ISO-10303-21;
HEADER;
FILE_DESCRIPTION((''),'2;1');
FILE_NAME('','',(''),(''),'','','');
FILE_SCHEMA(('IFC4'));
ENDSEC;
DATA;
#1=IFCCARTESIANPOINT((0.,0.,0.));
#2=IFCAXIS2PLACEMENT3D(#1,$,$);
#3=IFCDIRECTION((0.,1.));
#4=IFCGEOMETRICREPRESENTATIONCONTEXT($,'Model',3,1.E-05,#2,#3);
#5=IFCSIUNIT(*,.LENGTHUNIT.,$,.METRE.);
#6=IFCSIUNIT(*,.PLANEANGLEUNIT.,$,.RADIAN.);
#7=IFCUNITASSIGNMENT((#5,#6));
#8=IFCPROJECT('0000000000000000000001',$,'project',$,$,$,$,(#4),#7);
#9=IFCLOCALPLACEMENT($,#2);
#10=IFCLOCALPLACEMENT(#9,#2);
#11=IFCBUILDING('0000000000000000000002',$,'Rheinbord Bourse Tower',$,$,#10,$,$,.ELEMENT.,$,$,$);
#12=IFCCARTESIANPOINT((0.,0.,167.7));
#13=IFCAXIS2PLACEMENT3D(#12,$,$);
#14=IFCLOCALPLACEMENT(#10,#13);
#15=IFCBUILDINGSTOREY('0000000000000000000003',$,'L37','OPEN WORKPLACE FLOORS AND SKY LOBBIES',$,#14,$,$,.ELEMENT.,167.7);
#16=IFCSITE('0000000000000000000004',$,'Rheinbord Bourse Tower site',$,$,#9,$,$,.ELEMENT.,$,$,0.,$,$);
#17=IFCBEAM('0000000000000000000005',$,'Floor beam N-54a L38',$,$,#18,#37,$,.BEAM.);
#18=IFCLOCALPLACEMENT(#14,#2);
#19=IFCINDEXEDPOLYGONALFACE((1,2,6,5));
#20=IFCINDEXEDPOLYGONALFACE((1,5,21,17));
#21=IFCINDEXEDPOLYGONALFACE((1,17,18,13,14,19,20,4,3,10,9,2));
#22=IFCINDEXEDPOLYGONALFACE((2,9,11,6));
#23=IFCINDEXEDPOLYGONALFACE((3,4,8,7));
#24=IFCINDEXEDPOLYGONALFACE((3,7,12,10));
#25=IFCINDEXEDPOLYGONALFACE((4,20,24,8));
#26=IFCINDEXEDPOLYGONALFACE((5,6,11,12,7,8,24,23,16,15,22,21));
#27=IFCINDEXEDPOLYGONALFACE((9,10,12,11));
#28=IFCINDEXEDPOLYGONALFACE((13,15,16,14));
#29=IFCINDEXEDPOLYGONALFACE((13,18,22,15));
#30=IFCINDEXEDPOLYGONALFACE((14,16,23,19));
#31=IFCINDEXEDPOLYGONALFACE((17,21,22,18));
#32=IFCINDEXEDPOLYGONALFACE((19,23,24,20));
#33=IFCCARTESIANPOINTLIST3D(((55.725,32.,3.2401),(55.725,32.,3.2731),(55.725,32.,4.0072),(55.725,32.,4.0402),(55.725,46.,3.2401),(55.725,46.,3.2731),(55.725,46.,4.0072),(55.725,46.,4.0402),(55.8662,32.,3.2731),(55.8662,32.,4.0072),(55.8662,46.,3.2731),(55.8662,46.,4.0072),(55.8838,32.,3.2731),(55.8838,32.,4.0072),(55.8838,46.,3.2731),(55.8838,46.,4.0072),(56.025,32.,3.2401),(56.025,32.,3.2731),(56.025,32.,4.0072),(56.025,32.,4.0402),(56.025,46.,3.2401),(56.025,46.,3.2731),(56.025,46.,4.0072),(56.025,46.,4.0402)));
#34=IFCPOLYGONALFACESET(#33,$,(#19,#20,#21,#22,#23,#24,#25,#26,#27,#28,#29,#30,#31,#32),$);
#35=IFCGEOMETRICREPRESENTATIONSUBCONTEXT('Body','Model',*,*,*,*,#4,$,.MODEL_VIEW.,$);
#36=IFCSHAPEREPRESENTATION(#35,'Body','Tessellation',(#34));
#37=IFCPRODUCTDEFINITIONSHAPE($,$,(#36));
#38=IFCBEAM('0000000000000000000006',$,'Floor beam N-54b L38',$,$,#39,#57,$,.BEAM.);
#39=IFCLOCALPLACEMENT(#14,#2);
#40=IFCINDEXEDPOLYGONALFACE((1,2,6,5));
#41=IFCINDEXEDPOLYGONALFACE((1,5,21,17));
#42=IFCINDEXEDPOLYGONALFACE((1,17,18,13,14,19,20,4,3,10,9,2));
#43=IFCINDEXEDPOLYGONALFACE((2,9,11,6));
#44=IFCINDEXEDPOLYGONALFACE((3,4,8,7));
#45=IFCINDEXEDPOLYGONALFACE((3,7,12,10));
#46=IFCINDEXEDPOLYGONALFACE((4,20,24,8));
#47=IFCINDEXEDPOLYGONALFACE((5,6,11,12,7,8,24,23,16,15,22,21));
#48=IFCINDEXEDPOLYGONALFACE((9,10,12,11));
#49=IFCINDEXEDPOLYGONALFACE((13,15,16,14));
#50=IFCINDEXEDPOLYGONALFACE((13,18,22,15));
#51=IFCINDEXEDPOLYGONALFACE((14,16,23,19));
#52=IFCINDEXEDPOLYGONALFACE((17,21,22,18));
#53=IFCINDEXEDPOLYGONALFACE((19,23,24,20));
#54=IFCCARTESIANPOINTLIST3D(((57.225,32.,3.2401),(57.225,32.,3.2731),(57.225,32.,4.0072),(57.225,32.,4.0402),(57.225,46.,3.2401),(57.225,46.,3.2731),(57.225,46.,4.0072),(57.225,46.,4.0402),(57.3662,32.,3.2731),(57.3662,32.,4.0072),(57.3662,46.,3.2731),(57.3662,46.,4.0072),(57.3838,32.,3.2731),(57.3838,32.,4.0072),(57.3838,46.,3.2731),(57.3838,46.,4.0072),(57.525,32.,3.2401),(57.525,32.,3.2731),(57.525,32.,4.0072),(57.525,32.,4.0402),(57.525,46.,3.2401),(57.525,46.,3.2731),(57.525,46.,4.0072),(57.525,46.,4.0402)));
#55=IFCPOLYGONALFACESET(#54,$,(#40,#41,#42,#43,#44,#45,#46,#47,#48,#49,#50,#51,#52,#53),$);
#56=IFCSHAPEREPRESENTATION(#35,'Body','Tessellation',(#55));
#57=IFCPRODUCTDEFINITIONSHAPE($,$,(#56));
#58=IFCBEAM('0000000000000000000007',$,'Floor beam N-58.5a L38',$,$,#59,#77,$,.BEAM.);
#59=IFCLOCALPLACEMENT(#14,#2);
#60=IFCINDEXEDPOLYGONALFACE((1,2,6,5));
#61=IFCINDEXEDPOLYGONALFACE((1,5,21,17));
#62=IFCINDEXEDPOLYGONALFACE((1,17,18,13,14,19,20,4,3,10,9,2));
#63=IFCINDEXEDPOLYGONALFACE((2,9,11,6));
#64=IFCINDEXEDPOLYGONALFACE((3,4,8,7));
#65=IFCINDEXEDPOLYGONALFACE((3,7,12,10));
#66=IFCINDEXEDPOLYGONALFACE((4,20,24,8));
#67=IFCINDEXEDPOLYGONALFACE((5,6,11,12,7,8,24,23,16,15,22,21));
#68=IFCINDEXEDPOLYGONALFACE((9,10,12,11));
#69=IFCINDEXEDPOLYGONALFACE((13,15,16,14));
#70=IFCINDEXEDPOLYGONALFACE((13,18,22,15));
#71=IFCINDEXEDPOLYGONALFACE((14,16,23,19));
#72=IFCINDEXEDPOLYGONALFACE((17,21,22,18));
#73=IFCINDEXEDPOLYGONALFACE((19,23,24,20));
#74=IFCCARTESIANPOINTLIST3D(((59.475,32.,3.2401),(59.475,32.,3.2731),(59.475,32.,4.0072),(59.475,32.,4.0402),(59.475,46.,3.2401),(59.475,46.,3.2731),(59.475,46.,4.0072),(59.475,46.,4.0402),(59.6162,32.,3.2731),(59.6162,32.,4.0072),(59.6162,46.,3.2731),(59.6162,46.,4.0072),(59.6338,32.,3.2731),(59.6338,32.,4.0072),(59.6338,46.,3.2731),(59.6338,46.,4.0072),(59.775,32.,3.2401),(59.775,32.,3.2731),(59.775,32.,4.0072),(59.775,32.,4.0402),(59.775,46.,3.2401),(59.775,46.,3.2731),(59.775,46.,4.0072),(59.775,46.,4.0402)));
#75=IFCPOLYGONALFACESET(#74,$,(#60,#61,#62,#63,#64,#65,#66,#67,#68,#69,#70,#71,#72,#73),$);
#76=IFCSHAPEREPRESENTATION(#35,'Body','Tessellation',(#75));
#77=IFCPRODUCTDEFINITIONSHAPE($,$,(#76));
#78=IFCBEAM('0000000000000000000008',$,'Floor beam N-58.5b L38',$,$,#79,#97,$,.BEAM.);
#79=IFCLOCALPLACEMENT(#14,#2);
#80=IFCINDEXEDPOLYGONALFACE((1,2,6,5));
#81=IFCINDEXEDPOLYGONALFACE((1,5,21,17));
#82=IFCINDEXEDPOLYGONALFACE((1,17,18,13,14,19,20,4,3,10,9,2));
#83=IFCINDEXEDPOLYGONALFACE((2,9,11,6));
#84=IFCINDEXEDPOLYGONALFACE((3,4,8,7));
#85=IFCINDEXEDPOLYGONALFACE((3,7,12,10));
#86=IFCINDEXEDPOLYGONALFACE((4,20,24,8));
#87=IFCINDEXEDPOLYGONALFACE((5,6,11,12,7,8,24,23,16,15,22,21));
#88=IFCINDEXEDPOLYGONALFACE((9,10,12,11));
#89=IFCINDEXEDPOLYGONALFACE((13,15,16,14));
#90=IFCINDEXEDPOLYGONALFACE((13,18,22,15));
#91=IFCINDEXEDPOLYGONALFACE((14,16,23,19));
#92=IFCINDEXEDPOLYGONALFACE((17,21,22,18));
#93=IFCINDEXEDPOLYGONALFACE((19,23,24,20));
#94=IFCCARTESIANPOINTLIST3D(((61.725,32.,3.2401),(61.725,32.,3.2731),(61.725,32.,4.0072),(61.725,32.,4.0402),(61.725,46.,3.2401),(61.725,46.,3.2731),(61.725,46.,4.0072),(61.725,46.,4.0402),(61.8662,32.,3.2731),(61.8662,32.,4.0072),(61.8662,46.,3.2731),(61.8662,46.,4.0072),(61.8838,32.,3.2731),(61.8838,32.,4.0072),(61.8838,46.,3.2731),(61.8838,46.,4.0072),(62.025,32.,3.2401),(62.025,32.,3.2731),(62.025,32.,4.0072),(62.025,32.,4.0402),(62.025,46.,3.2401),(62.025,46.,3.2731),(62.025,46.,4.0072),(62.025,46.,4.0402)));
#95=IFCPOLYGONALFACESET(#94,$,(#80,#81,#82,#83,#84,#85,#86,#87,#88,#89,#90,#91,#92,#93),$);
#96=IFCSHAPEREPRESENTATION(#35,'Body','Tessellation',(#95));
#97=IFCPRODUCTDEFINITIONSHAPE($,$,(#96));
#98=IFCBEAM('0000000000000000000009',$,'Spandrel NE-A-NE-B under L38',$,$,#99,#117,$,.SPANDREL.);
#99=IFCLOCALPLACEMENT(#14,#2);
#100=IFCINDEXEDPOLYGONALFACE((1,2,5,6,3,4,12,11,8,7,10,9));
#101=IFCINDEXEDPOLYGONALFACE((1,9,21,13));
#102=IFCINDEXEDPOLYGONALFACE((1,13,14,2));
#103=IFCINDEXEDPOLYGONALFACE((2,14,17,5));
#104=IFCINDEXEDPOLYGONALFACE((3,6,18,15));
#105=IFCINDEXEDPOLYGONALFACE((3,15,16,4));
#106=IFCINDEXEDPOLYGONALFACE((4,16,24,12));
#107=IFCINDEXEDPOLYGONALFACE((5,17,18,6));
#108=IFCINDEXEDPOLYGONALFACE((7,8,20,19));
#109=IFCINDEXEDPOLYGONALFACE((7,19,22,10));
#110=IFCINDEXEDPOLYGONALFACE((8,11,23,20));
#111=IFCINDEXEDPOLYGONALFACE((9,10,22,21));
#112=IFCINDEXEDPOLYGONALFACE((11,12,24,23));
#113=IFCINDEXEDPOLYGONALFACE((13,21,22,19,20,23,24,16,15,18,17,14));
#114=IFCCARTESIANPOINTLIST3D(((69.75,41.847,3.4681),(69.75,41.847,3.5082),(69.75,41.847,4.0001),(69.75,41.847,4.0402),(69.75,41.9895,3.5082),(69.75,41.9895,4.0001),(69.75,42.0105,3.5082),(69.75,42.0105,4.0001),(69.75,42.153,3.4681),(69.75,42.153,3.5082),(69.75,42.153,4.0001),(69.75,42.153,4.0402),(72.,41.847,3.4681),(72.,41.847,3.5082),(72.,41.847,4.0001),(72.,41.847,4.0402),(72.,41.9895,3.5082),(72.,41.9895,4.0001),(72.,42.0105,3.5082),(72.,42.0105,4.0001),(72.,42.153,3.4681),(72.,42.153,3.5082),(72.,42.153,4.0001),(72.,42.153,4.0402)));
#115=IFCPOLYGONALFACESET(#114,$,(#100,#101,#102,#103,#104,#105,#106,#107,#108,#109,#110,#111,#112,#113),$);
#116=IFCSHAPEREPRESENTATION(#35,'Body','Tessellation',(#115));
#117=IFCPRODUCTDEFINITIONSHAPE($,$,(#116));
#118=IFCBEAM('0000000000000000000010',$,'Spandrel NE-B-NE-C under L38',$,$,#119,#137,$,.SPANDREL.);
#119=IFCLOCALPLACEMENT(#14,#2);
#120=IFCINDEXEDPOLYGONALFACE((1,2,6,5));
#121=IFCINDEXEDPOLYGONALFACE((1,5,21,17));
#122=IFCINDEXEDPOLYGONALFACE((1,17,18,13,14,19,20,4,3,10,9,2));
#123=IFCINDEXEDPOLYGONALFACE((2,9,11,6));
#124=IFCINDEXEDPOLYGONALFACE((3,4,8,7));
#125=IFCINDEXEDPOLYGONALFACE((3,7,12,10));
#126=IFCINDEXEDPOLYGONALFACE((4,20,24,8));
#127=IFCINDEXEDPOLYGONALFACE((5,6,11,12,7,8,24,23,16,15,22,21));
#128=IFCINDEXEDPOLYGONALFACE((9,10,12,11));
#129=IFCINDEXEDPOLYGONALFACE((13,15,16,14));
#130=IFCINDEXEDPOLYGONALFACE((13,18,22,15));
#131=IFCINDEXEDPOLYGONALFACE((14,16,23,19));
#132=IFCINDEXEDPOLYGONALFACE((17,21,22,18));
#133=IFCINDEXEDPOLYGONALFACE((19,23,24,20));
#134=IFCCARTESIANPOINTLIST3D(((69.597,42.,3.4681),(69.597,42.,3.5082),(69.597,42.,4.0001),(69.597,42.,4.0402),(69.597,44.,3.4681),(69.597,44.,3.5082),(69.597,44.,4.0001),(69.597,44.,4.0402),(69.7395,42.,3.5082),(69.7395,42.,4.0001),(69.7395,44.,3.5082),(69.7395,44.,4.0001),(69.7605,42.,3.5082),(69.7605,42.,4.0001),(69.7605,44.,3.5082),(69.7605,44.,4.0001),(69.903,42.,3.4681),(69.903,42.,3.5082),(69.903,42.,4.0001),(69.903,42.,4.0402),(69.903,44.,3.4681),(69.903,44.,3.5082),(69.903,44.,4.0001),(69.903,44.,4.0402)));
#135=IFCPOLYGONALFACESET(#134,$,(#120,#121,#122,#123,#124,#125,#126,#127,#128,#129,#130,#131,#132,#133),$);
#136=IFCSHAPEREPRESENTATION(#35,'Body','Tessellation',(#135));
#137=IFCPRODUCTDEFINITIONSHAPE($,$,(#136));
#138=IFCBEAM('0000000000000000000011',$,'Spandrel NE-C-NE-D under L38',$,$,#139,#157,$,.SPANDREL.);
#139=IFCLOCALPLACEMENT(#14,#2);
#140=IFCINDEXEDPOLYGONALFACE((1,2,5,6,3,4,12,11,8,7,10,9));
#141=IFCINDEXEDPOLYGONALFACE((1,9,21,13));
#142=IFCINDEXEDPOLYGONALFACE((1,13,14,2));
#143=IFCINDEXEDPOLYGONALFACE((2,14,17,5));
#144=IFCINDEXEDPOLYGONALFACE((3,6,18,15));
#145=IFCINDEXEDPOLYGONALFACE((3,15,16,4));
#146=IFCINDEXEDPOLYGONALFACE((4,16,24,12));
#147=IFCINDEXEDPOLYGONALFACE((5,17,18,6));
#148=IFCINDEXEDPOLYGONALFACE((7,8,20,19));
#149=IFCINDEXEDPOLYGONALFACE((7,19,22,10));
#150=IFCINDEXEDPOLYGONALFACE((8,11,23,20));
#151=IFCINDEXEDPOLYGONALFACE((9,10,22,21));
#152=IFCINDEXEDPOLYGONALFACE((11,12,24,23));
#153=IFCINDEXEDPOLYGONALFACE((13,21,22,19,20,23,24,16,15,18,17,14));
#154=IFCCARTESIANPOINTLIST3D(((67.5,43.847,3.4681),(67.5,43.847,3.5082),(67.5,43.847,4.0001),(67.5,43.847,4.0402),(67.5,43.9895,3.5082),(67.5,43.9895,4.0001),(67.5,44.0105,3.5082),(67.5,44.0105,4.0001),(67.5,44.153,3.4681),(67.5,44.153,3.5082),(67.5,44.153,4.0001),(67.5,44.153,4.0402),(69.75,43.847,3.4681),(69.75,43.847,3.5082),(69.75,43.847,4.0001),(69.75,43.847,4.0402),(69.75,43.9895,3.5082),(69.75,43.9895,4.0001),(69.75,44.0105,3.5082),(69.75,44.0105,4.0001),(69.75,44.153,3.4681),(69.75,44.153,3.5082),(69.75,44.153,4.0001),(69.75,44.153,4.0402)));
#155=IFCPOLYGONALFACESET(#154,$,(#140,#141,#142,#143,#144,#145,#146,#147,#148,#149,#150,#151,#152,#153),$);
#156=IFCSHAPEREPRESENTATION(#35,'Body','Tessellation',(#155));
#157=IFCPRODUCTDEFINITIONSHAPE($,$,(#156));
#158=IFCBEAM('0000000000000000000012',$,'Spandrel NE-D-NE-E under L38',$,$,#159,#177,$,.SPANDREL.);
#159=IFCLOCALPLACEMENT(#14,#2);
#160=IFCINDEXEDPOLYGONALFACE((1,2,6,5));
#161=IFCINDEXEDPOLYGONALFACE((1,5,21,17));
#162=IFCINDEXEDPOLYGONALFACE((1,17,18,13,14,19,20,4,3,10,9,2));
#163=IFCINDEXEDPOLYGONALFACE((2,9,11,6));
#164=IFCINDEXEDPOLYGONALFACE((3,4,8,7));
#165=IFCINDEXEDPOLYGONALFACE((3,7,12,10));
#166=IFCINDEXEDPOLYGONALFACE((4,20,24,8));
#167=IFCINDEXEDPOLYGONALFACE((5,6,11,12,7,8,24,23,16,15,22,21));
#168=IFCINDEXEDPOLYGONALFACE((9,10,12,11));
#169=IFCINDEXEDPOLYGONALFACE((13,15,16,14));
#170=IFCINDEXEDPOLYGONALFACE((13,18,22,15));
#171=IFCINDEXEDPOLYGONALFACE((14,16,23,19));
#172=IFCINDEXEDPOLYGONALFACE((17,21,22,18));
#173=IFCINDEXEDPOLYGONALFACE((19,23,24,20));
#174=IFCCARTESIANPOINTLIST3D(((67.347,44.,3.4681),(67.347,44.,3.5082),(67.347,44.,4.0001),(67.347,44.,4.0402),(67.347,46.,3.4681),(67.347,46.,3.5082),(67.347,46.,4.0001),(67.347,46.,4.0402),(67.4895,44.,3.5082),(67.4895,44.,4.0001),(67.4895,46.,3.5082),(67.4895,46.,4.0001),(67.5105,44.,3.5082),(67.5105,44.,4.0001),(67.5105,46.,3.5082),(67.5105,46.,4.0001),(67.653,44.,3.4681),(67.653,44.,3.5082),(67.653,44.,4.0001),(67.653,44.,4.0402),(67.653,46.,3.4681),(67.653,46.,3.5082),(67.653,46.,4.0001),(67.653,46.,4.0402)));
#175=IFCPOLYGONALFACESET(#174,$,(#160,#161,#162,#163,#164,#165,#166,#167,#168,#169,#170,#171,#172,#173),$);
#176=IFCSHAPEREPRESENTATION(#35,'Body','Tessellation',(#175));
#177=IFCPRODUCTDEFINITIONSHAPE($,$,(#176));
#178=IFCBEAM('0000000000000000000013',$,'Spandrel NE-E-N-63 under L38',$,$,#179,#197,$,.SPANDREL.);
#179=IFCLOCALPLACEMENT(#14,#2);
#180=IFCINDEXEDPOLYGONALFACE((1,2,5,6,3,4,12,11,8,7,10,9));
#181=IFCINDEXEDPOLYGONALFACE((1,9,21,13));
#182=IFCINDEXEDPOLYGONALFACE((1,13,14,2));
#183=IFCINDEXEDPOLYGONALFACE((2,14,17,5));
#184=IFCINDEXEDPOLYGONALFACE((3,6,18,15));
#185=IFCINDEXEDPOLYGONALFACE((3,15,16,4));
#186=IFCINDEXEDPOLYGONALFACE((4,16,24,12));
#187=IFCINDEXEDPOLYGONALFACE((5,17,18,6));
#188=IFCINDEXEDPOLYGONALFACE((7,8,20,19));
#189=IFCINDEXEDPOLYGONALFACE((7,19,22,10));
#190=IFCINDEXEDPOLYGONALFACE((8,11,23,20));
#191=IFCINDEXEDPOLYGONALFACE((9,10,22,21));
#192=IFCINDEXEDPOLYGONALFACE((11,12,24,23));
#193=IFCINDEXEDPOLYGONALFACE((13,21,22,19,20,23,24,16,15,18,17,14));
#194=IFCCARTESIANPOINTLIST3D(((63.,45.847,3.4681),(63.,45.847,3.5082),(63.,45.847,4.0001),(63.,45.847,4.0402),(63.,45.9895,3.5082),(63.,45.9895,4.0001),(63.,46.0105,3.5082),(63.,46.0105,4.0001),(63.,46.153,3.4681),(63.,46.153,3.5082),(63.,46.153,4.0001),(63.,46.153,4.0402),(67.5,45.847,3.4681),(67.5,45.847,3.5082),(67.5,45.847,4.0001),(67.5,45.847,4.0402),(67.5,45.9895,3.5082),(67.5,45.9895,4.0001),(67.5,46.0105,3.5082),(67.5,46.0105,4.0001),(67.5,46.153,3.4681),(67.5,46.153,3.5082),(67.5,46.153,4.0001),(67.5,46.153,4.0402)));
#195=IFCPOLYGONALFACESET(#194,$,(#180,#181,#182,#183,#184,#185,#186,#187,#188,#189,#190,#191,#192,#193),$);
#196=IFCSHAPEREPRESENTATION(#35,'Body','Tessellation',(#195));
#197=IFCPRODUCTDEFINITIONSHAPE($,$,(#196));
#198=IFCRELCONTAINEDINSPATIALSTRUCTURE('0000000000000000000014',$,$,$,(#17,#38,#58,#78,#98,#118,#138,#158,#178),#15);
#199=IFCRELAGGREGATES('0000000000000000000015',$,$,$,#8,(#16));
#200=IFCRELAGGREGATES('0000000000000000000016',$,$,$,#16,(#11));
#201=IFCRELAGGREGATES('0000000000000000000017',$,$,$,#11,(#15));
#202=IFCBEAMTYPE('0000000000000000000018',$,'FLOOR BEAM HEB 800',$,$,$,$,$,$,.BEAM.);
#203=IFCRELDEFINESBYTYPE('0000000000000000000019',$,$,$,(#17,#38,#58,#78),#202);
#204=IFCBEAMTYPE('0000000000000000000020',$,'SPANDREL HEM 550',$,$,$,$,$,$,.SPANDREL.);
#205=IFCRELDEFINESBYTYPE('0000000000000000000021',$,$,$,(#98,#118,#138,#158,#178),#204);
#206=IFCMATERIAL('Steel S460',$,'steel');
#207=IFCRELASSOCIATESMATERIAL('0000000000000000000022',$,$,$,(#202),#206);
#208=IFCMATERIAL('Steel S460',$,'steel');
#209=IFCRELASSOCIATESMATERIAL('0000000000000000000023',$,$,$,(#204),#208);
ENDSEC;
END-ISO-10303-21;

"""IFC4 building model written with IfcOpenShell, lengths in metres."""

from ifc_helpers import new_model, si_unit, direction, frame, origin, origin_2d, place, context, subcontext, project, spatial, i_section, extrude, material, material_profile, profile_set, type_object, element, save


model = new_model("IFC4")

# Units and contexts
model_context = context("Model", 3, precision=1e-05, world=origin(), true_north=direction((0.0, 1.0)))
body_context = subcontext(model_context, "Body", "Model", "MODEL_VIEW")
ifc_project = project(units=[si_unit("LENGTHUNIT", "METRE"), si_unit("PLANEANGLEUNIT", "RADIAN")], contexts=[model_context])

# Site, building, storey
site_placement = place(None, origin())
site = spatial("IfcSite", under=ifc_project, at=site_placement, Name="Rheinbord Bourse Tower site", CompositionType="ELEMENT", RefElevation=0.0)
building_placement = place(site_placement, origin())
building = spatial("IfcBuilding", under=site, at=building_placement, Name="Rheinbord Bourse Tower", CompositionType="ELEMENT")
storey_placement = place(building_placement, frame((0.0, 0.0, 167.7)))
storey = spatial("IfcBuildingStorey", under=building, at=storey_placement, Name="L37", Description="OPEN WORKPLACE FLOORS AND SKY LOBBIES", CompositionType="ELEMENT", Elevation=167.7)

# Beams
ifc_material_1 = material(Name="Steel S460", Category="steel")
ifc_material_profile_1 = material_profile(ifc_material_1, i_section(OverallWidth=0.3, OverallDepth=0.8, WebThickness=0.0176, FlangeThickness=0.033, at=origin_2d()), Name="HEB 800")
ifc_profile_set_1 = profile_set([ifc_material_profile_1], Name="Steel S460")
beam_type_1 = type_object("IfcBeamType", Name="FLOOR BEAM HEB 800", PredefinedType="BEAM", material=ifc_profile_set_1)
for number, where, z_axis, x_axis, name in (
    (1, (55.875, 46.0, 3.6401), (0.0, -1.0, 0.0), (1.0, 0.0, 0.0), "Floor beam N-54a L38"),
    (2, (57.375, 46.0, 3.6401), (0.0, -1.0, 0.0), (1.0, 0.0, 0.0), "Floor beam N-54b L38"),
    (3, (59.625, 46.0, 3.6401), (0.0, -1.0, 0.0), (1.0, 0.0, 0.0), "Floor beam N-58.5a L38"),
    (4, (61.875, 46.0, 3.6401), (0.0, -1.0, 0.0), (1.0, 0.0, 0.0), "Floor beam N-58.5b L38"),
):
    element("IfcBeam", number, at=place(storey_placement, frame(where, z_axis=z_axis, x_axis=x_axis)), inside=storey, type_object=beam_type_1, Name=name, PredefinedType="BEAM", context=body_context, shape_type="SweptSolid", body=[
        extrude(i_section(OverallWidth=0.3, OverallDepth=0.8, WebThickness=0.0176, FlangeThickness=0.033, at=origin_2d()), origin(), (0.0, 0.0, 1.0), 14.0),
    ])
ifc_material_2 = material(Name="Steel S460", Category="steel")
ifc_material_profile_2 = material_profile(ifc_material_2, i_section(OverallWidth=0.3059, OverallDepth=0.572, WebThickness=0.021, FlangeThickness=0.04, at=origin_2d()), Name="HEM 550")
ifc_profile_set_2 = profile_set([ifc_material_profile_2], Name="Steel S460")
beam_type_2 = type_object("IfcBeamType", Name="SPANDREL HEM 550", PredefinedType="SPANDREL", material=ifc_profile_set_2)
beam_1_placement = place(storey_placement, frame((72.0, 42.0, 3.7542), z_axis=(-1.0, 0.0, 0.0), x_axis=(0.0, -1.0, 0.0)))
element("IfcBeam", 5, at=beam_1_placement, inside=storey, type_object=beam_type_2, Name="Spandrel NE-A-NE-B under L38", PredefinedType="SPANDREL", context=body_context, shape_type="SweptSolid", body=[
    extrude(i_section(OverallWidth=0.3059, OverallDepth=0.572, WebThickness=0.021, FlangeThickness=0.04, at=origin_2d()), origin(), (0.0, 0.0, 1.0), 2.25),
])
beam_2_placement = place(storey_placement, frame((69.75, 42.0, 3.7542), z_axis=(0.0, 1.0, 0.0), x_axis=(-1.0, 0.0, 0.0)))
element("IfcBeam", 6, at=beam_2_placement, inside=storey, type_object=beam_type_2, Name="Spandrel NE-B-NE-C under L38", PredefinedType="SPANDREL", context=body_context, shape_type="SweptSolid", body=[
    extrude(i_section(OverallWidth=0.3059, OverallDepth=0.572, WebThickness=0.021, FlangeThickness=0.04, at=origin_2d()), origin(), (0.0, 0.0, 1.0), 2.0),
])
beam_3_placement = place(storey_placement, frame((69.75, 44.0, 3.7542), z_axis=(-1.0, 0.0, 0.0), x_axis=(0.0, -1.0, 0.0)))
element("IfcBeam", 7, at=beam_3_placement, inside=storey, type_object=beam_type_2, Name="Spandrel NE-C-NE-D under L38", PredefinedType="SPANDREL", context=body_context, shape_type="SweptSolid", body=[
    extrude(i_section(OverallWidth=0.3059, OverallDepth=0.572, WebThickness=0.021, FlangeThickness=0.04, at=origin_2d()), origin(), (0.0, 0.0, 1.0), 2.25),
])
beam_4_placement = place(storey_placement, frame((67.5, 44.0, 3.7542), z_axis=(0.0, 1.0, 0.0), x_axis=(-1.0, 0.0, 0.0)))
element("IfcBeam", 8, at=beam_4_placement, inside=storey, type_object=beam_type_2, Name="Spandrel NE-D-NE-E under L38", PredefinedType="SPANDREL", context=body_context, shape_type="SweptSolid", body=[
    extrude(i_section(OverallWidth=0.3059, OverallDepth=0.572, WebThickness=0.021, FlangeThickness=0.04, at=origin_2d()), origin(), (0.0, 0.0, 1.0), 2.0),
])
for number, where, z_axis, x_axis, name in (
    (9, (67.5, 46.0, 3.7542), (-1.0, 0.0, 0.0), (0.0, -1.0, 0.0), "Spandrel NE-E-N-63 under L38"),
):
    element("IfcBeam", number, at=place(storey_placement, frame(where, z_axis=z_axis, x_axis=x_axis)), inside=storey, type_object=beam_type_2, Name=name, PredefinedType="SPANDREL", context=body_context, shape_type="SweptSolid", body=[
        extrude(i_section(OverallWidth=0.3059, OverallDepth=0.572, WebThickness=0.021, FlangeThickness=0.04, at=origin_2d()), origin(), (0.0, 0.0, 1.0), 4.5),
    ])

save(model, "model.ifc")
